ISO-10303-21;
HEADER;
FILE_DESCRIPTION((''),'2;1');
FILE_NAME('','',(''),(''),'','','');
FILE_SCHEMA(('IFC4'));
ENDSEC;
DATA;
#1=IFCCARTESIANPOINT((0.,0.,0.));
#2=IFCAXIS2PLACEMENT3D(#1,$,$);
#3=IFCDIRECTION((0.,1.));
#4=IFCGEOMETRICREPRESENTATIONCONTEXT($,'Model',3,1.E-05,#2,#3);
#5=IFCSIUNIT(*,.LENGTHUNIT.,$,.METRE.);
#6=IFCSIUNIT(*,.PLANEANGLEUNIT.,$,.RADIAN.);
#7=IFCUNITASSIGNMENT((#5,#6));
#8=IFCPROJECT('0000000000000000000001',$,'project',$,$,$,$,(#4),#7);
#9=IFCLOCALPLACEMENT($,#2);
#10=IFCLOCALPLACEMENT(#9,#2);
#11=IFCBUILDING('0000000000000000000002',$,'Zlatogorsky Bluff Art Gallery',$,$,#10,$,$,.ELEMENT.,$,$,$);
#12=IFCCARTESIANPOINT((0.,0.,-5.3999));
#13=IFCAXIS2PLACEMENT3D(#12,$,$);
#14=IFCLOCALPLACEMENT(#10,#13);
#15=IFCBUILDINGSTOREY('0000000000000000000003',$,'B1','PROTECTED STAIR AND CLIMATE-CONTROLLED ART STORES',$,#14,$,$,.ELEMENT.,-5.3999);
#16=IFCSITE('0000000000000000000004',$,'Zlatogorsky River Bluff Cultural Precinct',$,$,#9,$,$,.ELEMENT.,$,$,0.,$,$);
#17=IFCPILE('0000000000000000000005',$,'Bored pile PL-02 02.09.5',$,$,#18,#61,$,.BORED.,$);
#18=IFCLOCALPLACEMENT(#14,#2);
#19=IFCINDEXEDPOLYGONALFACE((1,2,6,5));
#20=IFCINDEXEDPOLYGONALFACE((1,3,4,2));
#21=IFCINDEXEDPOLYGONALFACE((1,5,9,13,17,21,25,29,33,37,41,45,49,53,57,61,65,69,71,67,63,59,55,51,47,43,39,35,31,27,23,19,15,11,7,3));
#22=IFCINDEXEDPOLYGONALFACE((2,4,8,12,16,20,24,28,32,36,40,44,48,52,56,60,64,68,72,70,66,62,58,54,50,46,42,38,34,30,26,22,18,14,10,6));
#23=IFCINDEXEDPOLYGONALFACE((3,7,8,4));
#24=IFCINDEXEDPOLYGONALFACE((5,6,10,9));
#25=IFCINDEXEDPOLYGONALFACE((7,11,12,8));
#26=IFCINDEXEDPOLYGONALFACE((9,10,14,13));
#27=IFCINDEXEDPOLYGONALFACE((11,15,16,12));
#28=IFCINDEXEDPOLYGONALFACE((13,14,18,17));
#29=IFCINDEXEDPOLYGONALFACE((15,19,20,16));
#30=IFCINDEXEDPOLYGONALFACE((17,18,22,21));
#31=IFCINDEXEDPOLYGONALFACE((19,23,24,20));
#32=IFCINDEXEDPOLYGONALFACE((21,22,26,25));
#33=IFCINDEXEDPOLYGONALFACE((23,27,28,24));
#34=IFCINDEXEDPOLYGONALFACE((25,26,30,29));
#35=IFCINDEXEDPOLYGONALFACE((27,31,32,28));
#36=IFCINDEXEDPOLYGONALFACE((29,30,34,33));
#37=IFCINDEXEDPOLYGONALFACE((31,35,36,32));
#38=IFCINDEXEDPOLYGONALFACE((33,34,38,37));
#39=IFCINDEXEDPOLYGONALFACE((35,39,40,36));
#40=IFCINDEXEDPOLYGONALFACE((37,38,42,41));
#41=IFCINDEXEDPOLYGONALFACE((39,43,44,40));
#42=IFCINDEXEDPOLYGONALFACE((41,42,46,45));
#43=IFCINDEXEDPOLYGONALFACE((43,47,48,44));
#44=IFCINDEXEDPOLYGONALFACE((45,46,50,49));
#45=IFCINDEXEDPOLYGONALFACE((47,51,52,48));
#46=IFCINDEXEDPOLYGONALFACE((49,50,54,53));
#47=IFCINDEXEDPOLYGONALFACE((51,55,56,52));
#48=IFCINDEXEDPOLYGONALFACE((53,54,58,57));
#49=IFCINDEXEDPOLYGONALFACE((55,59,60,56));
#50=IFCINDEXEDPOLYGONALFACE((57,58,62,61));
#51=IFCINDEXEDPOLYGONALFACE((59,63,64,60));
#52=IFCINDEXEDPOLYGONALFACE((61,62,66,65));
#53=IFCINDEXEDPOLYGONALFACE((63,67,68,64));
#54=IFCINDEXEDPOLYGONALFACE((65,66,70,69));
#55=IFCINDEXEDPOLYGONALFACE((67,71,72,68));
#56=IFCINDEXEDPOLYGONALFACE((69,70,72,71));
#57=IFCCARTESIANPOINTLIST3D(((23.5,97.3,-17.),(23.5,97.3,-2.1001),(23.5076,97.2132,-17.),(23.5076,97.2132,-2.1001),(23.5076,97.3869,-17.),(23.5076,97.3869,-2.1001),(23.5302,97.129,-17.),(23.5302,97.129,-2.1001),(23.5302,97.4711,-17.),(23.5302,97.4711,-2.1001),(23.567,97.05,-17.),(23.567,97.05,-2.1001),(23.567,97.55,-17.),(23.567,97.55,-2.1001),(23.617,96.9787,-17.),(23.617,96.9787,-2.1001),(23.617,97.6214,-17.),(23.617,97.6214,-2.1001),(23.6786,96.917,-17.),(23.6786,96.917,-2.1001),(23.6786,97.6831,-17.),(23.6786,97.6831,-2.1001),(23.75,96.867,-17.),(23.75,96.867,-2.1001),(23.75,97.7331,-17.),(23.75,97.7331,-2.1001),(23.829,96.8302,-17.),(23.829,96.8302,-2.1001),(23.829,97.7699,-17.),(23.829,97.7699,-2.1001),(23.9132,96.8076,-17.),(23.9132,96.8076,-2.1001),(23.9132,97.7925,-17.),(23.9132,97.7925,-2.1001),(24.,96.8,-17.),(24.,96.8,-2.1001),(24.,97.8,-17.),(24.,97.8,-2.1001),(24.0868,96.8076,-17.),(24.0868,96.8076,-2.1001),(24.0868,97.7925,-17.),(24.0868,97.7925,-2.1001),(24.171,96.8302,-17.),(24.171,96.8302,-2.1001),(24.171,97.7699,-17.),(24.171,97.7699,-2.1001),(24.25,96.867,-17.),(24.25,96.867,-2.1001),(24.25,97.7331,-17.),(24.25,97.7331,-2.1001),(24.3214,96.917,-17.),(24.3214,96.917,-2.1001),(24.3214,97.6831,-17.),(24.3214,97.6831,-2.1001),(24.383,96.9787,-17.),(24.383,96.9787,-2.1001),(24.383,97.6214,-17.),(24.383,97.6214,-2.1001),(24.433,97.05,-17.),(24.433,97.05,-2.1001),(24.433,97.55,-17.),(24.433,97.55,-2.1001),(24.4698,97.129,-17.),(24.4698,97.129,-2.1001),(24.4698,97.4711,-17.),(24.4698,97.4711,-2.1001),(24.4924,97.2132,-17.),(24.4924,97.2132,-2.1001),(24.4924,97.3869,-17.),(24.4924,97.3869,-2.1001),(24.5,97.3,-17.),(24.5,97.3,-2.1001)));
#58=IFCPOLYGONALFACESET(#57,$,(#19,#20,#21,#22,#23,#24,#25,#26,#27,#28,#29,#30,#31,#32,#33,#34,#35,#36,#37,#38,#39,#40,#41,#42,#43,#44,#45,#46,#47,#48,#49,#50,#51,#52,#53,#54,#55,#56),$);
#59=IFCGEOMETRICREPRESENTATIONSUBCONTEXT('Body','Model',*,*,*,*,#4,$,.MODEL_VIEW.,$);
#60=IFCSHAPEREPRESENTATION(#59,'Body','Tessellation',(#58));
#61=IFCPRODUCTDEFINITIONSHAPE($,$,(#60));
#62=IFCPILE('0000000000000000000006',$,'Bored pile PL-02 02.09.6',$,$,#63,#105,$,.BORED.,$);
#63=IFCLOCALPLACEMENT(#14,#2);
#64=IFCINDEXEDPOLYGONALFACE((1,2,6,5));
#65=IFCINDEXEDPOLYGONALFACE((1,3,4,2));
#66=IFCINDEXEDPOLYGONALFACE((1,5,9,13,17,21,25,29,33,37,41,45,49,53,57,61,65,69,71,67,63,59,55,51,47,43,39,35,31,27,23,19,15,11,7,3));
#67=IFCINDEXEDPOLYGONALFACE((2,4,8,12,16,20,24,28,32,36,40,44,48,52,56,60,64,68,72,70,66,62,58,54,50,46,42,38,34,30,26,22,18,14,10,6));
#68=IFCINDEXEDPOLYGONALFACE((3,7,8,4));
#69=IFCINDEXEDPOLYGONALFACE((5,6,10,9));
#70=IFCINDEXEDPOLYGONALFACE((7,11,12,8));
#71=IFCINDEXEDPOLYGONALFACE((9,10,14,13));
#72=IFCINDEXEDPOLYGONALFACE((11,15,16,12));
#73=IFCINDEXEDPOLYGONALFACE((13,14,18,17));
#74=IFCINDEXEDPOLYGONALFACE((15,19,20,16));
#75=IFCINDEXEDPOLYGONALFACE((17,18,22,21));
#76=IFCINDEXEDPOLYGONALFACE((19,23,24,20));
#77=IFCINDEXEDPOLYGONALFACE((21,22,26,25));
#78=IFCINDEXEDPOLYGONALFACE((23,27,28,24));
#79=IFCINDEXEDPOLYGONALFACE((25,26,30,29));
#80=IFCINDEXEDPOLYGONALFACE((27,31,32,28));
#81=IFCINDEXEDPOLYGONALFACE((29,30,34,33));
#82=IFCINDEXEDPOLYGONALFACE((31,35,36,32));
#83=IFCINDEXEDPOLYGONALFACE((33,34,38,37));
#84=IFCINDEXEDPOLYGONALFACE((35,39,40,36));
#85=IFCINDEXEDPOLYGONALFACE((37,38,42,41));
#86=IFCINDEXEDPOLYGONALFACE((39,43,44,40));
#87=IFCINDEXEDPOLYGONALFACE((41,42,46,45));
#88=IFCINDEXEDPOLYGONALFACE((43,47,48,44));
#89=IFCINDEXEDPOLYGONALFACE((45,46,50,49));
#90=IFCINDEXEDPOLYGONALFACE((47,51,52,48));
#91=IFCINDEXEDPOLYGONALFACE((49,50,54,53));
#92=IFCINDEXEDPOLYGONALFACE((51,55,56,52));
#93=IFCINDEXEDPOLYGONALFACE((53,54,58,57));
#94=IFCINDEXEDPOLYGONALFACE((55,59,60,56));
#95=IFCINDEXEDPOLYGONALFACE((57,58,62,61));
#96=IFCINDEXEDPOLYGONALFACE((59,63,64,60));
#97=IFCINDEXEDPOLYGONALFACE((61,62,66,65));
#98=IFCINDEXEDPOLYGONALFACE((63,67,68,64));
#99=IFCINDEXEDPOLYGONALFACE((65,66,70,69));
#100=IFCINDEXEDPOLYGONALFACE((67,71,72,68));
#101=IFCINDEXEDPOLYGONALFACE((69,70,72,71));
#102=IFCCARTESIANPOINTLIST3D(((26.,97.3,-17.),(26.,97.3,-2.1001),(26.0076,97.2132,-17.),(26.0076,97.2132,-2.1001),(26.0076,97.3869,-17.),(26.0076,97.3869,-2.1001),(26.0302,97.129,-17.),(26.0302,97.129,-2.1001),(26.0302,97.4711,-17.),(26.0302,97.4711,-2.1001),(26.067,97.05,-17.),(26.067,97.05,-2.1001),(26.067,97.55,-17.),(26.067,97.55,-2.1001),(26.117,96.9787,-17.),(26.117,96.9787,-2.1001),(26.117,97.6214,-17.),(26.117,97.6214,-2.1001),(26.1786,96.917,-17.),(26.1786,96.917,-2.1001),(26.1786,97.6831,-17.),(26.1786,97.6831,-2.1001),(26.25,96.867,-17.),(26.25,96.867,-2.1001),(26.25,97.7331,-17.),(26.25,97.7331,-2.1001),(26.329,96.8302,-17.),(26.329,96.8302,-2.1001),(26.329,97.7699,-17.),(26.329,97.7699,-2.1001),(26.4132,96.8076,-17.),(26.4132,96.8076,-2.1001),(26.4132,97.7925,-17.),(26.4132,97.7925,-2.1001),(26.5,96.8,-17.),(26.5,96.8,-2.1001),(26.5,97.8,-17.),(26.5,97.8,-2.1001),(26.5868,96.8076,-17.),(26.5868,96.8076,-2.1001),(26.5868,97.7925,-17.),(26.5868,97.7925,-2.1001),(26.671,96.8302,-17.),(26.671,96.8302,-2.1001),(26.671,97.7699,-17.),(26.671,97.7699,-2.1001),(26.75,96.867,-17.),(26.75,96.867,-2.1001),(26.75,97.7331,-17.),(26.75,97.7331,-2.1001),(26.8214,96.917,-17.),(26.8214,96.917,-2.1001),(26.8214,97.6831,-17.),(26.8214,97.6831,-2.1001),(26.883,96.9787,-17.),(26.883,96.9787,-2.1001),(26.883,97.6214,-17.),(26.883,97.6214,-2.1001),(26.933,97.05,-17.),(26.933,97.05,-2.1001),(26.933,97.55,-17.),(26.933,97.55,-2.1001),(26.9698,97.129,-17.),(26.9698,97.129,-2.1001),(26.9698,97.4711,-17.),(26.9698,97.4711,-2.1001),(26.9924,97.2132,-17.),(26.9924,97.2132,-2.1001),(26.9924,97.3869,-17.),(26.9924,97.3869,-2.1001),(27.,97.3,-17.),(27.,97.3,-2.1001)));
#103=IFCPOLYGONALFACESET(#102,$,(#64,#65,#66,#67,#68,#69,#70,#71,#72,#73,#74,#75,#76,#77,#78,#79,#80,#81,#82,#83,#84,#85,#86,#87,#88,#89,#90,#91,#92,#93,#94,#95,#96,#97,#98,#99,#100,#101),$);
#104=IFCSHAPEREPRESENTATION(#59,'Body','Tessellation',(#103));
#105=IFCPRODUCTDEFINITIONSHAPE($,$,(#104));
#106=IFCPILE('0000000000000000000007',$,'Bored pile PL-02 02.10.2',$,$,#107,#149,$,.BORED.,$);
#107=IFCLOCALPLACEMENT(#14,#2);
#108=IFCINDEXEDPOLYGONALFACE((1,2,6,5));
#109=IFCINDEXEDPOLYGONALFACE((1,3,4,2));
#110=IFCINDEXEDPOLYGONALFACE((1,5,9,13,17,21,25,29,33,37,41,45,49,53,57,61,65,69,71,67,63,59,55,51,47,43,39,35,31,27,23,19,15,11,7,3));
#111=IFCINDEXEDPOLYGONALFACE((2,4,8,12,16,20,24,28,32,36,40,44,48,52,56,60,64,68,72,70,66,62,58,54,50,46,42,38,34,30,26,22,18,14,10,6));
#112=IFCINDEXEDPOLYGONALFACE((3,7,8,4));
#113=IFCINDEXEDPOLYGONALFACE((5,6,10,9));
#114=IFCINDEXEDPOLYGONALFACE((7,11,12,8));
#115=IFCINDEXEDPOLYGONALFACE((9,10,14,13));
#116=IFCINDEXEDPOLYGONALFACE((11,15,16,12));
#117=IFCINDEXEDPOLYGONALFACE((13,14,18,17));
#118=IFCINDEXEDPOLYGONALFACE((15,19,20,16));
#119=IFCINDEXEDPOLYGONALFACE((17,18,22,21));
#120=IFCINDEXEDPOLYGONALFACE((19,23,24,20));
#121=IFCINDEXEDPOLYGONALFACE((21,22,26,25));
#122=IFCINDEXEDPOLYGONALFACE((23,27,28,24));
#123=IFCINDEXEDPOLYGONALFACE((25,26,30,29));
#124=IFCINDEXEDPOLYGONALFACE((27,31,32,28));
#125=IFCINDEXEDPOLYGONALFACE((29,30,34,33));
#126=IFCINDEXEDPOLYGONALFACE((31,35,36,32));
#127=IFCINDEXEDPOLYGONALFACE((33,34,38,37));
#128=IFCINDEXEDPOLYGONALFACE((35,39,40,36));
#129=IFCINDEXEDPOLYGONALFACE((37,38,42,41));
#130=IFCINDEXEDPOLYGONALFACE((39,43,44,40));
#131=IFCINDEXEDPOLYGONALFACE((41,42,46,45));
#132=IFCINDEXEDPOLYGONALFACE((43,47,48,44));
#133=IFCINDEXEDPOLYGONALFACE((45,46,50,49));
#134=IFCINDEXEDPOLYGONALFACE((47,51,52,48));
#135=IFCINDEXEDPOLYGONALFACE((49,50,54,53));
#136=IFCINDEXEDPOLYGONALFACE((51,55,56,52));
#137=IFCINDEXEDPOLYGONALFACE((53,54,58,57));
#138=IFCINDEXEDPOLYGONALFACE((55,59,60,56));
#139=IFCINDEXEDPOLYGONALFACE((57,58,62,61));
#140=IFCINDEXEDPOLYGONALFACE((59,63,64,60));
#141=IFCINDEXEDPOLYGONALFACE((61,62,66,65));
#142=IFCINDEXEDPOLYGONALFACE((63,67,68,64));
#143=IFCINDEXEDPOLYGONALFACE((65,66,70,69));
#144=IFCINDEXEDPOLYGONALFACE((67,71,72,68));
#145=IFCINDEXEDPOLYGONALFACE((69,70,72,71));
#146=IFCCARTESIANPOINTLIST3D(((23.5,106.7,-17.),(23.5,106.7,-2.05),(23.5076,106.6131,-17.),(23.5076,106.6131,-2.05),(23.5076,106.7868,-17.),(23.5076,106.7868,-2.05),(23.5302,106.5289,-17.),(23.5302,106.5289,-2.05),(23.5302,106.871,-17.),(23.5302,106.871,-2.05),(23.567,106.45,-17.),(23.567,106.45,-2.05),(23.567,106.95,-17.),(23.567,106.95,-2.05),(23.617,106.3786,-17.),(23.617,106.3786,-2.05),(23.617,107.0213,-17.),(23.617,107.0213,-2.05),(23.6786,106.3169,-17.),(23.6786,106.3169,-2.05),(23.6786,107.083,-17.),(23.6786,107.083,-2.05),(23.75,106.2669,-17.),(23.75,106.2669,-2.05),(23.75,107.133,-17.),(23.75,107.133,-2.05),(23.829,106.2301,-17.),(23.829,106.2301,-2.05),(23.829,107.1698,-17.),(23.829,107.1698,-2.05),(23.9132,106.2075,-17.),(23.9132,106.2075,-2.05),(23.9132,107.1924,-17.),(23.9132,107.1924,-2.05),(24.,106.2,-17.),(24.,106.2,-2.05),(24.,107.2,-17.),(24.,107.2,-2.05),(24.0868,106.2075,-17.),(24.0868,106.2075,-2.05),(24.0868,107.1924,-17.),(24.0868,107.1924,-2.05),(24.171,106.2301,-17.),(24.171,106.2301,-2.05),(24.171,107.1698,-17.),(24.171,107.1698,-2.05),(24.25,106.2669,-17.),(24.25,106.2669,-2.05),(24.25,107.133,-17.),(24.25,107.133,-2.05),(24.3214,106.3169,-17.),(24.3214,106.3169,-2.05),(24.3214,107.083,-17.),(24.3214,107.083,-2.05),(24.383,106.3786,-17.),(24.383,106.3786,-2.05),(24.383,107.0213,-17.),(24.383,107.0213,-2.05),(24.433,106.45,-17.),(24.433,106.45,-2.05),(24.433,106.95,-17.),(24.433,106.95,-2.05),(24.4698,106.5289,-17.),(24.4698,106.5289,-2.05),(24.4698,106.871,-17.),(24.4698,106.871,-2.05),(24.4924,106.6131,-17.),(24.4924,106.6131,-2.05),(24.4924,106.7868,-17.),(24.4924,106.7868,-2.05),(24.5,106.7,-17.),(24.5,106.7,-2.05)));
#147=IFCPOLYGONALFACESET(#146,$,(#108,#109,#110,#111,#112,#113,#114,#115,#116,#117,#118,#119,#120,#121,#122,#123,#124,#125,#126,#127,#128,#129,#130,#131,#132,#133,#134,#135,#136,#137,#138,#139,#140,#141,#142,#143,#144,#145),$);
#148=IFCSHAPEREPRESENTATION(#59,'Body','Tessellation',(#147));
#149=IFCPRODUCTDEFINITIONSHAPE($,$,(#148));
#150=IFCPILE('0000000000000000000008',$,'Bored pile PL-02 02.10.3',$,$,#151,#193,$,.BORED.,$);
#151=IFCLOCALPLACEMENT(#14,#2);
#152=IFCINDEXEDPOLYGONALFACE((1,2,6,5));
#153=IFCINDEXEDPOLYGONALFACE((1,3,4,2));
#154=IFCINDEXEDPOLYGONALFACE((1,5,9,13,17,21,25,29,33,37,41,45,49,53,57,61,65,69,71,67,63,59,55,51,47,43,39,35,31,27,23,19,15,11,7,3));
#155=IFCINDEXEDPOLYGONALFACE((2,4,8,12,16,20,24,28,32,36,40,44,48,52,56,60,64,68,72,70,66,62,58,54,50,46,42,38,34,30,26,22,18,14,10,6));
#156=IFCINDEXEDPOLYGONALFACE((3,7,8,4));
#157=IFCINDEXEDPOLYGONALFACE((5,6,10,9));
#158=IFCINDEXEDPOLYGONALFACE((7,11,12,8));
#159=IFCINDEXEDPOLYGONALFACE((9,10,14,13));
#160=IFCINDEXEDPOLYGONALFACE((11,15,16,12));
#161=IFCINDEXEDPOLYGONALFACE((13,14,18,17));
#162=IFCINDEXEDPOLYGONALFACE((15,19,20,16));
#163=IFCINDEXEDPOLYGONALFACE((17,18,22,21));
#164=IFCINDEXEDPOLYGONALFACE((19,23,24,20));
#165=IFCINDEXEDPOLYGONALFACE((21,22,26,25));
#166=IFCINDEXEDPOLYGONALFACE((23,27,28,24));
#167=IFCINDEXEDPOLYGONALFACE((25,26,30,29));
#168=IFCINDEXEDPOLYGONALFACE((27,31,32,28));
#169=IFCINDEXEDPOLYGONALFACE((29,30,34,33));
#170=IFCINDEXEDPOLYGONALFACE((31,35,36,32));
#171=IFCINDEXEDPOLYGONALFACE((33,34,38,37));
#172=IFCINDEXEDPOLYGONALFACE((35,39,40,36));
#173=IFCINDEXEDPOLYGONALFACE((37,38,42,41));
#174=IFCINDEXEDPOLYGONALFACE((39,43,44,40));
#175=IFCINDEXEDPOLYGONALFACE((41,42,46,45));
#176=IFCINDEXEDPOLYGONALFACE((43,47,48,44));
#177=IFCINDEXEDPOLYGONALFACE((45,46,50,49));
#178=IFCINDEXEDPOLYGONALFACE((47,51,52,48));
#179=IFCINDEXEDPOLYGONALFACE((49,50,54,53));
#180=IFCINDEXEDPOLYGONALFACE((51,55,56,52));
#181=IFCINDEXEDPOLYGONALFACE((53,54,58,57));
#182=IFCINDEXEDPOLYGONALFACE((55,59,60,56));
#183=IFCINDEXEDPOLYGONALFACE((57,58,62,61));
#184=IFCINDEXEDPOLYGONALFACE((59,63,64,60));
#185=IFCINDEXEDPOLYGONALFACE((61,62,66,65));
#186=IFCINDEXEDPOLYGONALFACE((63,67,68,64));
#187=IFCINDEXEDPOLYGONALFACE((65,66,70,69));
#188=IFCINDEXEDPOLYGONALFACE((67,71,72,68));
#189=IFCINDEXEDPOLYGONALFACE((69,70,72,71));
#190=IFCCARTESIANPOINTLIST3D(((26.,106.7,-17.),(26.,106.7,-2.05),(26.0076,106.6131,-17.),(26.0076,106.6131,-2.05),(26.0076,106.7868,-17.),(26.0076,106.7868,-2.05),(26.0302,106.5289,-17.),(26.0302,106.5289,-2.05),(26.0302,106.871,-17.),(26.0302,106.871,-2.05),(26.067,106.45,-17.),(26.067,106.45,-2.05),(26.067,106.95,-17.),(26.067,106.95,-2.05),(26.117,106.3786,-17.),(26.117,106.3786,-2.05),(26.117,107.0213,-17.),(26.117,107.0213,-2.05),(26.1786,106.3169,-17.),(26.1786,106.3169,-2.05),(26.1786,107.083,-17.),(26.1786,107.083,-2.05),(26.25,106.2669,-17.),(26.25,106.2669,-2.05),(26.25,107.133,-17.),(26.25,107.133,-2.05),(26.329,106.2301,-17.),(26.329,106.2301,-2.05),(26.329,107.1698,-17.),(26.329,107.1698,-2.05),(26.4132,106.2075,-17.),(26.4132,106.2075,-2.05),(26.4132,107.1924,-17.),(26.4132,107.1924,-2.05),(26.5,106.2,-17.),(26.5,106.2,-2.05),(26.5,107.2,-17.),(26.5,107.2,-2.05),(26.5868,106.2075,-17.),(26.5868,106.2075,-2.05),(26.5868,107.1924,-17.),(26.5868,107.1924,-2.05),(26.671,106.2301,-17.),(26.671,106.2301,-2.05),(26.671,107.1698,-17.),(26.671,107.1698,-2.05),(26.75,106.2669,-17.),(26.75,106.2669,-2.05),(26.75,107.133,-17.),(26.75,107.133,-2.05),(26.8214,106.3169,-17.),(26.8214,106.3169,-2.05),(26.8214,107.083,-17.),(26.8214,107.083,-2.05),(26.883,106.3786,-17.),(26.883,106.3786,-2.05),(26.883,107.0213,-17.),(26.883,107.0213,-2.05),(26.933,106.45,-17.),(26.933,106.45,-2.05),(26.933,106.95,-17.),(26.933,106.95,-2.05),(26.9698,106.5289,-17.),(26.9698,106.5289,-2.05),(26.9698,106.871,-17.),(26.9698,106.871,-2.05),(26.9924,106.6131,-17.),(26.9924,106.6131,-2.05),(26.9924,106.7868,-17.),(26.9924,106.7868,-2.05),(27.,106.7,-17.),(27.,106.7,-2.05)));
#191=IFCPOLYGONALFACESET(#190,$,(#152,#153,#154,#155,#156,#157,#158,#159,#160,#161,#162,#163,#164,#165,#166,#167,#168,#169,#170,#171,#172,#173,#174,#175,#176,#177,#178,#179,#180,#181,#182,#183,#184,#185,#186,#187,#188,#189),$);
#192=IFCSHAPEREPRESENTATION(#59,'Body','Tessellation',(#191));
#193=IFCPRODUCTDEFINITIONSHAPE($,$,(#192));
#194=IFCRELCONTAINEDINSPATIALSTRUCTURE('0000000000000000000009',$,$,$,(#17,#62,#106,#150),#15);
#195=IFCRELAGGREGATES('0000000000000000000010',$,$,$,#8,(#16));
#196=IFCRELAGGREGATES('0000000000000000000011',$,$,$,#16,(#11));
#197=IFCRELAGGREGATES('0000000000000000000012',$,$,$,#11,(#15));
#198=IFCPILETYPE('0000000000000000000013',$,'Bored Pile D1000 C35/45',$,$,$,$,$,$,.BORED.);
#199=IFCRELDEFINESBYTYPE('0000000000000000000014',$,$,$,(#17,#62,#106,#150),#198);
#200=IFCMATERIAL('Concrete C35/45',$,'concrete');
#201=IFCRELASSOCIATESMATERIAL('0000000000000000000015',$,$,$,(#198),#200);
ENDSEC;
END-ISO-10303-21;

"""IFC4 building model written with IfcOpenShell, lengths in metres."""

from ifc_helpers import new_model, si_unit, direction, frame, origin, origin_2d, place, context, subcontext, project, spatial, circle, extrude, material, material_profile, profile_set, type_object, element, save


model = new_model("IFC4")

# Units and contexts
model_context = context("Model", 3, precision=1e-05, world=origin(), true_north=direction((0.0, 1.0)))
body_context = subcontext(model_context, "Body", "Model", "MODEL_VIEW")
ifc_project = project(units=[si_unit("LENGTHUNIT", "METRE"), si_unit("PLANEANGLEUNIT", "RADIAN")], contexts=[model_context])

# Site, building, storey
site_placement = place(None, origin())
site = spatial("IfcSite", under=ifc_project, at=site_placement, Name="Zlatogorsky River Bluff Cultural Precinct", CompositionType="ELEMENT", RefElevation=0.0)
building_placement = place(site_placement, origin())
building = spatial("IfcBuilding", under=site, at=building_placement, Name="Zlatogorsky Bluff Art Gallery", CompositionType="ELEMENT")
storey_placement = place(building_placement, frame((0.0, 0.0, -5.3999)))
storey = spatial("IfcBuildingStorey", under=building, at=storey_placement, Name="B1", Description="PROTECTED STAIR AND CLIMATE-CONTROLLED ART STORES", CompositionType="ELEMENT", Elevation=-5.3999)

# Piles
ifc_material_1 = material(Name="Concrete C35/45", Category="concrete")
ifc_material_profile_1 = material_profile(ifc_material_1, circle(Radius=0.5, at=origin_2d()), Name="BORED PILE D1000")
ifc_profile_set_1 = profile_set([ifc_material_profile_1], Name="Concrete C35/45")
pile_type = type_object("IfcPileType", Name="Bored Pile D1000 C35/45", PredefinedType="BORED", material=ifc_profile_set_1)
for number, where, z_axis, x_axis, name in (
    (1, (24.0, 97.3, -2.1001), (0.0, 0.0, -1.0), (1.0, 0.0, 0.0), "Bored pile PL-02 02.09.5"),
    (2, (26.5, 97.3, -2.1001), (0.0, 0.0, -1.0), (1.0, 0.0, 0.0), "Bored pile PL-02 02.09.6"),
):
    element("IfcPile", number, at=place(storey_placement, frame(where, z_axis=z_axis, x_axis=x_axis)), inside=storey, type_object=pile_type, Name=name, PredefinedType="BORED", context=body_context, shape_type="SweptSolid", body=[
        extrude(circle(Radius=0.5, at=origin_2d()), origin(), (0.0, 0.0, 1.0), 14.8999),
    ])
for number, where, z_axis, x_axis, name in (
    (3, (24.0, 106.7, -2.05), (0.0, 0.0, -1.0), (1.0, 0.0, 0.0), "Bored pile PL-02 02.10.2"),
    (4, (26.5, 106.7, -2.05), (0.0, 0.0, -1.0), (1.0, 0.0, 0.0), "Bored pile PL-02 02.10.3"),
):
    element("IfcPile", number, at=place(storey_placement, frame(where, z_axis=z_axis, x_axis=x_axis)), inside=storey, type_object=pile_type, Name=name, PredefinedType="BORED", context=body_context, shape_type="SweptSolid", body=[
        extrude(circle(Radius=0.5, at=origin_2d()), origin(), (0.0, 0.0, 1.0), 14.95),
    ])

save(model, "model.ifc")
